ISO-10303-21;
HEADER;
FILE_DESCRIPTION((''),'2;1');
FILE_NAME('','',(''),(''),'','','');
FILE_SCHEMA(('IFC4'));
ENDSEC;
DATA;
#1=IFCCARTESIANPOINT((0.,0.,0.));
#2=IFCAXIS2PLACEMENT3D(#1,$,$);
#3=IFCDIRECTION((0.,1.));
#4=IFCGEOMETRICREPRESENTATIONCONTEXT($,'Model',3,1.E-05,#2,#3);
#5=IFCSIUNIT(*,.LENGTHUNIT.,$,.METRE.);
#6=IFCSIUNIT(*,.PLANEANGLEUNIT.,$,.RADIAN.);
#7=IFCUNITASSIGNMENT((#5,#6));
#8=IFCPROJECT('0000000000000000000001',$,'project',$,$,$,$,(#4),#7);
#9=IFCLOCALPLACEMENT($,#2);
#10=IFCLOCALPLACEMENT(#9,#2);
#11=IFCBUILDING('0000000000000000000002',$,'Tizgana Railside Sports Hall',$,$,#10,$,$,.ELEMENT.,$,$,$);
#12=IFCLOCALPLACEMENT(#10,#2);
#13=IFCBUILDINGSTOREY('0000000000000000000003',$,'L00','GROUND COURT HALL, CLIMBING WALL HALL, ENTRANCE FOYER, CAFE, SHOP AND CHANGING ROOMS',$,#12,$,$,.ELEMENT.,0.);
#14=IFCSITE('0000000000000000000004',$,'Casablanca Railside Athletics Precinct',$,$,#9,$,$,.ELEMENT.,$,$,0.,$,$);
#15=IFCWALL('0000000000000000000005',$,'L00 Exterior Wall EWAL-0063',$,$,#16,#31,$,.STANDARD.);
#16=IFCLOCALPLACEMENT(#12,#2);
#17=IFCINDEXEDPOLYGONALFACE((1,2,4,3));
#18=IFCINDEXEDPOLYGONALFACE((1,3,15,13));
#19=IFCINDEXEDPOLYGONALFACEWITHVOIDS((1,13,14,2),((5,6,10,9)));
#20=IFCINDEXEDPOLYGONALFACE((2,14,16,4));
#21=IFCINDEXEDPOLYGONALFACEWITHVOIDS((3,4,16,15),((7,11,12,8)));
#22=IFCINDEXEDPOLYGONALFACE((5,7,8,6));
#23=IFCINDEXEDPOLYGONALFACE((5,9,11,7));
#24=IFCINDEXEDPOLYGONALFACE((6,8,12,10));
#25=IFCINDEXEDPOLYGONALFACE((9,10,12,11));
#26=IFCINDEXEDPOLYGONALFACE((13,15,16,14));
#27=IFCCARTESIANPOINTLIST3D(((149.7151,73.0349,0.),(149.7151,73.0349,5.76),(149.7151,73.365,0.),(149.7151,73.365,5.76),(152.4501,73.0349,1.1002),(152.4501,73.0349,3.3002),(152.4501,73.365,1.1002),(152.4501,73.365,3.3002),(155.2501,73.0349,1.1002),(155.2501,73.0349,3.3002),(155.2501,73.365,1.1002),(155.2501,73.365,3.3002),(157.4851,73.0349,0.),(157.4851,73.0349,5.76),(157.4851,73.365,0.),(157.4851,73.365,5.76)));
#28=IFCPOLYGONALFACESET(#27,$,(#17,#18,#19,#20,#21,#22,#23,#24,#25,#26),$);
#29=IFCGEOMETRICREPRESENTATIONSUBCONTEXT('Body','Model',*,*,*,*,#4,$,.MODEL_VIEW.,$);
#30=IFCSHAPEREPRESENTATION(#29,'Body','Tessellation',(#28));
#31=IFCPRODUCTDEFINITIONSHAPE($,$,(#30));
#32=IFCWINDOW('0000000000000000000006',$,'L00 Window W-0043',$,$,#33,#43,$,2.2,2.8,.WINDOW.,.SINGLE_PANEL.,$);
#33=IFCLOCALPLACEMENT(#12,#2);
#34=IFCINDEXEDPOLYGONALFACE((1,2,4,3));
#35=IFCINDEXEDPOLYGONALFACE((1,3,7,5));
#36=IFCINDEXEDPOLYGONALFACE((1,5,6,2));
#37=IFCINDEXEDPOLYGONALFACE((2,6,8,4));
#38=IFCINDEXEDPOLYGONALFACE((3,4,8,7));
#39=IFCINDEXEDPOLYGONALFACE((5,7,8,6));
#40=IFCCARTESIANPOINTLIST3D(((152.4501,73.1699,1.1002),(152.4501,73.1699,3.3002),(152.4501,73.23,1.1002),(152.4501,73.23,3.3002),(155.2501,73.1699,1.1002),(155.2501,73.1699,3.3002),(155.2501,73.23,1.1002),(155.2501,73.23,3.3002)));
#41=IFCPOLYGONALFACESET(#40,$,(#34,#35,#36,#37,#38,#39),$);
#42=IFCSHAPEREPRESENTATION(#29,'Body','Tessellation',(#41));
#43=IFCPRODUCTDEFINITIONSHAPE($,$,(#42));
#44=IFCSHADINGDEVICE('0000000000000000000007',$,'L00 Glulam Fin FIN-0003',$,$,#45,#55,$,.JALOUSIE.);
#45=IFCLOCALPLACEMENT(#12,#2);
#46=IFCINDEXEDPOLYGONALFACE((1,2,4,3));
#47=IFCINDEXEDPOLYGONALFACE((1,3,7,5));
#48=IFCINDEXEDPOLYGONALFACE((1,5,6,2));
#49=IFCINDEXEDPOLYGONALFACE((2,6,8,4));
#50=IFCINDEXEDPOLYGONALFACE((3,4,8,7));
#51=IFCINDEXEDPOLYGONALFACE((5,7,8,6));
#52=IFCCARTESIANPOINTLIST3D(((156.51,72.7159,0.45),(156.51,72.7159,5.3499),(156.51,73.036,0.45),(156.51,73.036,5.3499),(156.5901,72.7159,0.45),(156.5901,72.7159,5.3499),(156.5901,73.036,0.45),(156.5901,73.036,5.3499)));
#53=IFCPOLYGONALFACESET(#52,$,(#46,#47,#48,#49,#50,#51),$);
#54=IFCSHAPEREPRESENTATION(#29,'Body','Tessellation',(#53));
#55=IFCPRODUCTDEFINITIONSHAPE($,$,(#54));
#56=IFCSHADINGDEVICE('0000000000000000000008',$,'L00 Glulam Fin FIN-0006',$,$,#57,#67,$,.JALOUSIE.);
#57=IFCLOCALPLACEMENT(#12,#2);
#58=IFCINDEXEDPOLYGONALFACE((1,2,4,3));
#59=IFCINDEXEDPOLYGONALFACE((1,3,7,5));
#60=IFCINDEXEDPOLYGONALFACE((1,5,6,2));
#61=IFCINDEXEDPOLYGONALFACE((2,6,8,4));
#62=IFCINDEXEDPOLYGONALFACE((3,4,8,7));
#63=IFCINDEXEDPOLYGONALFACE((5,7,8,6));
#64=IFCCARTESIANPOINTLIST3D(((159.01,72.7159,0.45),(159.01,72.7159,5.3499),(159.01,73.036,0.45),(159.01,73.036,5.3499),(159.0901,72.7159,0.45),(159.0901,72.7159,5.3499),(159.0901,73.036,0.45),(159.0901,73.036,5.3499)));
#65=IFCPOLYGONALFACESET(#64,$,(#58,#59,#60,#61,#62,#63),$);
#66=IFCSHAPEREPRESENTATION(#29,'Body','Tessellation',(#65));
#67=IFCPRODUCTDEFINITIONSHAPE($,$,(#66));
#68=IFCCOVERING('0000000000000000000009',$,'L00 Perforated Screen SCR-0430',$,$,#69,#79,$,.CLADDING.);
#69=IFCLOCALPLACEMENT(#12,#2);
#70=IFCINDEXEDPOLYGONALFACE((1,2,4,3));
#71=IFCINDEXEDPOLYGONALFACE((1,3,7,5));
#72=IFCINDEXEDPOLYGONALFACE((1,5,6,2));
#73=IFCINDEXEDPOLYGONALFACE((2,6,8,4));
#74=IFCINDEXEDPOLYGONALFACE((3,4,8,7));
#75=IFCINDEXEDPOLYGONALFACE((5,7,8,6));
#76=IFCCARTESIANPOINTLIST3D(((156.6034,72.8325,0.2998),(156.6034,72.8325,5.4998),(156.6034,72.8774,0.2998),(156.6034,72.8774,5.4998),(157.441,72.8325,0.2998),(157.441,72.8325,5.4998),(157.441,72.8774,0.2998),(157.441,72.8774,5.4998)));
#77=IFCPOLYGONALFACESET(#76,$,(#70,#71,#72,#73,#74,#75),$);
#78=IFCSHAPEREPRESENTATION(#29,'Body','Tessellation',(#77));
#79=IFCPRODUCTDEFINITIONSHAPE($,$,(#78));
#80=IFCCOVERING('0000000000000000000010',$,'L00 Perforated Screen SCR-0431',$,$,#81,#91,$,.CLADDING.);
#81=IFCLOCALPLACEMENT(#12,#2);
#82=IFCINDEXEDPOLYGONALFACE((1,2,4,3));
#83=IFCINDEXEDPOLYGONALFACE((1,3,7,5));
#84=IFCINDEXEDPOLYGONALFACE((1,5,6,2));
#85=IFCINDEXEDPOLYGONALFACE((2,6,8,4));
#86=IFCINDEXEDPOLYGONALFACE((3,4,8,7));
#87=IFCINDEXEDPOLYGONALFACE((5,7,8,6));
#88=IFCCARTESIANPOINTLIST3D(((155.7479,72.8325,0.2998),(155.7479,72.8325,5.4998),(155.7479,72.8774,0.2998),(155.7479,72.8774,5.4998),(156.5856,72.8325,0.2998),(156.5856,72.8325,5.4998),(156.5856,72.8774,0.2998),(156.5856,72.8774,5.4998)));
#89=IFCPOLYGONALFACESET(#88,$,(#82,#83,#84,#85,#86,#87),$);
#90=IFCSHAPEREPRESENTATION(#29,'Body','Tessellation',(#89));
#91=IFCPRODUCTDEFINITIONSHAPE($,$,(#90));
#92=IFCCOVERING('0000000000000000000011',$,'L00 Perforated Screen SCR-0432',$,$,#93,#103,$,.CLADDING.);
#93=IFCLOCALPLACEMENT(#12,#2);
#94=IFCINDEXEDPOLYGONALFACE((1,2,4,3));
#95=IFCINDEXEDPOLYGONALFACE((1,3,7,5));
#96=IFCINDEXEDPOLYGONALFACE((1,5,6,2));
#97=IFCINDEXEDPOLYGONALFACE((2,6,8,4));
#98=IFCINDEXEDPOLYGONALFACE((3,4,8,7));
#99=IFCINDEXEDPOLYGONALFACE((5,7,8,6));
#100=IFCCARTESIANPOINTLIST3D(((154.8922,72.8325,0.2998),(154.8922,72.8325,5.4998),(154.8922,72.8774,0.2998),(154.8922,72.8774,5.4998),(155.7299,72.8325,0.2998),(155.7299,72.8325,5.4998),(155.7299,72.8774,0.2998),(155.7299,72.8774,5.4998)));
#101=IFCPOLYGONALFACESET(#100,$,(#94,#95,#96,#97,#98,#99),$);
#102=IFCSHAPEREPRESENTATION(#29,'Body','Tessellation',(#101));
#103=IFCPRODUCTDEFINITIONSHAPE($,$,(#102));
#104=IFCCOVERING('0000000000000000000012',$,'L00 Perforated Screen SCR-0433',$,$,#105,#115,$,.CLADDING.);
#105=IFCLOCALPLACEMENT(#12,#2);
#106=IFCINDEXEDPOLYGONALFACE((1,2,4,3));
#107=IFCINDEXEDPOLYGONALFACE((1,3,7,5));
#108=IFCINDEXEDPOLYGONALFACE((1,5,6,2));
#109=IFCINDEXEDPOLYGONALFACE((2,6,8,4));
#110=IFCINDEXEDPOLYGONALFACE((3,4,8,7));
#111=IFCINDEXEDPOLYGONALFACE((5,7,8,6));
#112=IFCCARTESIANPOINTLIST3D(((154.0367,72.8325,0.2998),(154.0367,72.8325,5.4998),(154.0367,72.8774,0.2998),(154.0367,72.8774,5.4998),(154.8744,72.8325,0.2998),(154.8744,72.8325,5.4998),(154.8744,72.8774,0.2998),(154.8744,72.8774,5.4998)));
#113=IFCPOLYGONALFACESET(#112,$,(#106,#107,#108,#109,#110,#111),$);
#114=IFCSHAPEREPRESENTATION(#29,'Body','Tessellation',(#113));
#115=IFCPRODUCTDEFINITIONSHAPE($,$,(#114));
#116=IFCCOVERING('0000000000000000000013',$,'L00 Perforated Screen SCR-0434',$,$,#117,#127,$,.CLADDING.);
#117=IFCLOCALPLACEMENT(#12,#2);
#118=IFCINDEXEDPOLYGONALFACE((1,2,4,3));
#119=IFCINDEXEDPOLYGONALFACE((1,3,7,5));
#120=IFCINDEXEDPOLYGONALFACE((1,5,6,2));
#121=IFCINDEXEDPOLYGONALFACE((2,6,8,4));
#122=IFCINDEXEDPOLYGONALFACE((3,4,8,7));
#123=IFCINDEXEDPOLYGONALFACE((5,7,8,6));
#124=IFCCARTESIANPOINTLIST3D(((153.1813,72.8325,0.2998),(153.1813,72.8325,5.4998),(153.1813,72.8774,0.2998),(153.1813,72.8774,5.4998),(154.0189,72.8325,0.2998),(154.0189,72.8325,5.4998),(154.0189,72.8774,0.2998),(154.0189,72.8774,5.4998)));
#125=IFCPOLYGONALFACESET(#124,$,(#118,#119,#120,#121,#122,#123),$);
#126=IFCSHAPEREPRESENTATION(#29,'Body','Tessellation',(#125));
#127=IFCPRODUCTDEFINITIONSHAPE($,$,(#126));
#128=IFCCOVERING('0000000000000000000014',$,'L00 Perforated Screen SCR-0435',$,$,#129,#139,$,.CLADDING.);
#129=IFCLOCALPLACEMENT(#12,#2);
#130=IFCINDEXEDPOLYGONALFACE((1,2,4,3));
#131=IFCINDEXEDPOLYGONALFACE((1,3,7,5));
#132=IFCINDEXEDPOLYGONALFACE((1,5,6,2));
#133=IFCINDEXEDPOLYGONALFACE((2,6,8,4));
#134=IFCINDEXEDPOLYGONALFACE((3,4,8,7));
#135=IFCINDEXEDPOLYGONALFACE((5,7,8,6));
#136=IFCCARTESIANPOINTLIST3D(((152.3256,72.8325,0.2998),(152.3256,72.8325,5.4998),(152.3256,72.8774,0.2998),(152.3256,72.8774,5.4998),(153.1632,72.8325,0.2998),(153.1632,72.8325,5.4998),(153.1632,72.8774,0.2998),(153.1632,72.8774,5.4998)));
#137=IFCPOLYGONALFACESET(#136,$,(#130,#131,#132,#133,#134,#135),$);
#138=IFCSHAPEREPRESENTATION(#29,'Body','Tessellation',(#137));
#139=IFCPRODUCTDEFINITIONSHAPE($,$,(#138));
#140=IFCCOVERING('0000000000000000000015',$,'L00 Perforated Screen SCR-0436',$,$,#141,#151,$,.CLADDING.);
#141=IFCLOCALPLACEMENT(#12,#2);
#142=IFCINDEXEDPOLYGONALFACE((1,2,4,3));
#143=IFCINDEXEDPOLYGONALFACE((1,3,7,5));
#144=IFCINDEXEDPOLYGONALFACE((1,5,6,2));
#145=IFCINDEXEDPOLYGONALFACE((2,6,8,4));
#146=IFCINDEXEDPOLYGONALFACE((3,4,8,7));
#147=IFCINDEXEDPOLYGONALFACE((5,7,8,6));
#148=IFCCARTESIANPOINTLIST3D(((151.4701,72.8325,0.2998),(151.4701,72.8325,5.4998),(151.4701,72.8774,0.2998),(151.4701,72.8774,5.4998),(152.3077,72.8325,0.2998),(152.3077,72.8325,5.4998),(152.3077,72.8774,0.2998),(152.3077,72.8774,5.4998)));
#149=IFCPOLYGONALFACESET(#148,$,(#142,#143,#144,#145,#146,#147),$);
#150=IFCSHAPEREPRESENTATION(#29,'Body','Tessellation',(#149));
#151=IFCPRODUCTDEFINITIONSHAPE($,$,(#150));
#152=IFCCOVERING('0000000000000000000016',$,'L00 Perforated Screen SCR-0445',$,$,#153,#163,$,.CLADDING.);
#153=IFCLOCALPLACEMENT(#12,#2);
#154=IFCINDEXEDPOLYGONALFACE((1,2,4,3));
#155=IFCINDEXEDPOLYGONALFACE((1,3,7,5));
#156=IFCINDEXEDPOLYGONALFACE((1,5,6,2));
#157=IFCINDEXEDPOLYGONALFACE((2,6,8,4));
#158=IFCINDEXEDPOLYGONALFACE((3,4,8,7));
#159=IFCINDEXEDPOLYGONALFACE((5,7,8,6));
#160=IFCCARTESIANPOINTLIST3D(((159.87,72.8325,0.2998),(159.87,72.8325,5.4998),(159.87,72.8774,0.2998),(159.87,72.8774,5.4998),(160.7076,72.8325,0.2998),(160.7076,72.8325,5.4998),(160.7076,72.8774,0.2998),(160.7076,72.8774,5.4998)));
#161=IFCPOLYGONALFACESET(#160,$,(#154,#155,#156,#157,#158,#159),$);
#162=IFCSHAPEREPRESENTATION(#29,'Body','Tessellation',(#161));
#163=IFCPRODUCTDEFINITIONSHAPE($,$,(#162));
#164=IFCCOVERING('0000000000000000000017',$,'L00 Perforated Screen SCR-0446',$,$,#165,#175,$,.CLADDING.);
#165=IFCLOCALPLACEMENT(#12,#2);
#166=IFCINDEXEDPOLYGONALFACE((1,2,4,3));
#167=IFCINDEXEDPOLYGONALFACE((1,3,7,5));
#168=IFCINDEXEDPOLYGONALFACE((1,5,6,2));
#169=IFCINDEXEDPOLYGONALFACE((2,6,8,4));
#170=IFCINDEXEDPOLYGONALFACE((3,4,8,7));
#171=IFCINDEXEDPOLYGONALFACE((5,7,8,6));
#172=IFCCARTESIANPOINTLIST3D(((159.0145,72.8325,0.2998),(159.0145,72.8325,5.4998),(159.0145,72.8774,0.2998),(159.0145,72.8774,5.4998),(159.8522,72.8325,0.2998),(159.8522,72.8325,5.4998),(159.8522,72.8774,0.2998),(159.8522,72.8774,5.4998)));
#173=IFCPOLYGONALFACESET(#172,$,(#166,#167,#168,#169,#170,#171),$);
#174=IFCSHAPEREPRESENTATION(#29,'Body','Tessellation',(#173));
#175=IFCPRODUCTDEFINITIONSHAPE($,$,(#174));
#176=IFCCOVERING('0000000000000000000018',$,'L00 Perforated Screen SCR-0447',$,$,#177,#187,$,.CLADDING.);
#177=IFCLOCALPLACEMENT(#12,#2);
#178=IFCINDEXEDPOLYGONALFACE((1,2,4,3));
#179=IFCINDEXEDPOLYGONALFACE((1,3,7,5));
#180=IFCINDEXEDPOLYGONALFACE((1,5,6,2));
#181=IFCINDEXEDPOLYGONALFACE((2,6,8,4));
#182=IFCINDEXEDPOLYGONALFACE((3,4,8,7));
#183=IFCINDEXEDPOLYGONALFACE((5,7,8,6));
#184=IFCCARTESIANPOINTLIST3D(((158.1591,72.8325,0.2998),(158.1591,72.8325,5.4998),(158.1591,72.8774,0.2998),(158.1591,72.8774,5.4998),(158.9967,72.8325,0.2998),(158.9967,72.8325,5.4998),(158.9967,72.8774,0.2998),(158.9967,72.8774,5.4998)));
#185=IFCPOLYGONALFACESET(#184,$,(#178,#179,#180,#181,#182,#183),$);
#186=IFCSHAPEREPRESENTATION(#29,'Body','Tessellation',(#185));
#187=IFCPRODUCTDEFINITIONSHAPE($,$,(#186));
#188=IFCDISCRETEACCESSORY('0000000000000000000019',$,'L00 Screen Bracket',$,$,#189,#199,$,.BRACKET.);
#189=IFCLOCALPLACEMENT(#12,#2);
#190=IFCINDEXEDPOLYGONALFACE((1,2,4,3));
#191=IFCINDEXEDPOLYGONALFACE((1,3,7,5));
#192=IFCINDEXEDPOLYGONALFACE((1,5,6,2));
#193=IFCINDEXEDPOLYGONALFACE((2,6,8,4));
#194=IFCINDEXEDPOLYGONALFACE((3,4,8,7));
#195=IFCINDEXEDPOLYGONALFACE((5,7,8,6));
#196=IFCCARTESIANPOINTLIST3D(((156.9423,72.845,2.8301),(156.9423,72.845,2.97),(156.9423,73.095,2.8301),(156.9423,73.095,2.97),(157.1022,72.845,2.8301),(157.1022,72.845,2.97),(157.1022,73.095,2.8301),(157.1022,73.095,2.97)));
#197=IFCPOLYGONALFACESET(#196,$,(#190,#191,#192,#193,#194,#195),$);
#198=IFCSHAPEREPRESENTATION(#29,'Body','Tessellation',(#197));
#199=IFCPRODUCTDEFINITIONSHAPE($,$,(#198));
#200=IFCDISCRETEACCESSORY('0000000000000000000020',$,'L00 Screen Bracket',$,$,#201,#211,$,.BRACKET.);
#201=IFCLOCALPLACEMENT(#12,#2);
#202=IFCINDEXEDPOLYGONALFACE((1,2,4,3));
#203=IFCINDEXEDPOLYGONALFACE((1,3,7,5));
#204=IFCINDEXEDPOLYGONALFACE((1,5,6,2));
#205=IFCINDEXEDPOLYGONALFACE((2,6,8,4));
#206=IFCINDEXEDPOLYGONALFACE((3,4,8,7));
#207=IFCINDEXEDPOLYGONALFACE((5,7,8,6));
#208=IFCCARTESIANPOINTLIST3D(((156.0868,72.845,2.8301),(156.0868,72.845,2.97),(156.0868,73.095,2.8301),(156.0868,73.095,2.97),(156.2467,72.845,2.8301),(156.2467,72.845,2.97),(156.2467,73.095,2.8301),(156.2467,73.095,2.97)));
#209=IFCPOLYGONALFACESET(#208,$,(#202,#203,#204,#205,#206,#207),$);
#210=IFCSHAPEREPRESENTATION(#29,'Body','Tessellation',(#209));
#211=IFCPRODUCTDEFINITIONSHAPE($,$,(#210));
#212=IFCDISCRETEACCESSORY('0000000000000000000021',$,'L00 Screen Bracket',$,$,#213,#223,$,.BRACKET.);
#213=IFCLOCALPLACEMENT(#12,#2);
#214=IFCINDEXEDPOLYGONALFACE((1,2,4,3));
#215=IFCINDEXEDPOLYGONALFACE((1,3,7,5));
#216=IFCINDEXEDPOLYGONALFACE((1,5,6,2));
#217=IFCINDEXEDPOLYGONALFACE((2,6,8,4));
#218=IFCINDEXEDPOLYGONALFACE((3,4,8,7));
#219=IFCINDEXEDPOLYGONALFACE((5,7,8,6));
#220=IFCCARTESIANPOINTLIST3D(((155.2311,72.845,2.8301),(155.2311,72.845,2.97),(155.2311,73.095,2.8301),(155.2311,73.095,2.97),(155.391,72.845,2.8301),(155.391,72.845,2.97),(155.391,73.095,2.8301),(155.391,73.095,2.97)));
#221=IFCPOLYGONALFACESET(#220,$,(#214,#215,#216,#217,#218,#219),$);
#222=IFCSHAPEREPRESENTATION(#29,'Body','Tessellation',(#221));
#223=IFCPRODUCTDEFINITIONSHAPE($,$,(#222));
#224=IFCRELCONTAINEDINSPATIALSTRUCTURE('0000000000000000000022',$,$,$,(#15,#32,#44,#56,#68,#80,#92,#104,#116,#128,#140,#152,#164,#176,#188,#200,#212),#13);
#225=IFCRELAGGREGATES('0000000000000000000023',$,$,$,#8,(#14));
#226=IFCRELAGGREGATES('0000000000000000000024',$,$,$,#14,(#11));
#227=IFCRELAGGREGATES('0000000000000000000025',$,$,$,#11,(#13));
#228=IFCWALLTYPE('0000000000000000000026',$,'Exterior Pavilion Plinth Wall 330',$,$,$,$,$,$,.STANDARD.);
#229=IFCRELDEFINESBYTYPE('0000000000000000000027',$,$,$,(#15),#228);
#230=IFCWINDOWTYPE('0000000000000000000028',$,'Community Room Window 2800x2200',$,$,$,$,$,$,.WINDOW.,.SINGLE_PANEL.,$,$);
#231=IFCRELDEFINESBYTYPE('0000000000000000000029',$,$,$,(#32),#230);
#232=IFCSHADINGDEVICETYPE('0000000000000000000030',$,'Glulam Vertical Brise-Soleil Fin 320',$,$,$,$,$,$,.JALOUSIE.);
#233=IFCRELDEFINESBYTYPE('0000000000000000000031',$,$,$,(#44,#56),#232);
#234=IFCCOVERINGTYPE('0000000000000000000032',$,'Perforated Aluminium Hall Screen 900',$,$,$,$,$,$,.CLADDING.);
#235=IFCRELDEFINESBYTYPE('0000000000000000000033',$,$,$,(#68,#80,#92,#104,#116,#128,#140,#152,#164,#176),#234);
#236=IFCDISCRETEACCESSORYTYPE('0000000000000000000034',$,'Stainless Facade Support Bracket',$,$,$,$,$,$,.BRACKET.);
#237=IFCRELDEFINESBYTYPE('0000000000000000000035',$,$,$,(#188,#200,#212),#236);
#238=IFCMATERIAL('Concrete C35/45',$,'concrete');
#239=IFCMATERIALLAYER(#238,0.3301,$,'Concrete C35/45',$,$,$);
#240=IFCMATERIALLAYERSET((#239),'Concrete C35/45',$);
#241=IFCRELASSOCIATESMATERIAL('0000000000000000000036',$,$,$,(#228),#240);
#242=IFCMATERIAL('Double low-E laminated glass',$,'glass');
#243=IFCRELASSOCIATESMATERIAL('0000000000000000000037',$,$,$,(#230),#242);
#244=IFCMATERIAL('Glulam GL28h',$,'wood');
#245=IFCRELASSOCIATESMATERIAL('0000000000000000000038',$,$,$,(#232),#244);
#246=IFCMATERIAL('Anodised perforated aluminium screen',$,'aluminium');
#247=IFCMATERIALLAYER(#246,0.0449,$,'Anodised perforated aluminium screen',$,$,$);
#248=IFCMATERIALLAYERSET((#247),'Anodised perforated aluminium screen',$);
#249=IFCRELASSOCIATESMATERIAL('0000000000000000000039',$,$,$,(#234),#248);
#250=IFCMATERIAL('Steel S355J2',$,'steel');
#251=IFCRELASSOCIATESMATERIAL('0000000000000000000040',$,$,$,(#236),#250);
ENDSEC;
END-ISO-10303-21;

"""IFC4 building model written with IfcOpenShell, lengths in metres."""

from ifc_helpers import new_model, si_unit, direction, frame, frame_2d, origin, origin_2d, place, context, subcontext, project, spatial, rectangle, extrude, material, layer, layer_set, type_object, element, fill, save


model = new_model("IFC4")

# Units and contexts
model_context = context("Model", 3, precision=1e-05, world=origin(), true_north=direction((0.0, 1.0)))
body_context = subcontext(model_context, "Body", "Model", "MODEL_VIEW")
ifc_project = project(units=[si_unit("LENGTHUNIT", "METRE"), si_unit("PLANEANGLEUNIT", "RADIAN")], contexts=[model_context])

# Site, building, storey
site_placement = place(None, origin())
site = spatial("IfcSite", under=ifc_project, at=site_placement, Name="Casablanca Railside Athletics Precinct", CompositionType="ELEMENT", RefElevation=0.0)
building_placement = place(site_placement, origin())
building = spatial("IfcBuilding", under=site, at=building_placement, Name="Tizgana Railside Sports Hall", CompositionType="ELEMENT")
storey_placement = place(building_placement, origin())
storey = spatial("IfcBuildingStorey", under=building, at=storey_placement, Name="L00", Description="GROUND COURT HALL, CLIMBING WALL HALL, ENTRANCE FOYER, CAFE, SHOP AND CHANGING ROOMS", CompositionType="ELEMENT", Elevation=0.0)

# Shared definitions
ifc_material_1 = material(Name="Steel S355J2", Category="steel")

# Wall, opening, window
ifc_material_2 = material(Name="Concrete C35/45", Category="concrete")
ifc_layer_1 = layer(ifc_material_2, 0.3301, Name="Concrete C35/45")
ifc_layer_set_1 = layer_set([ifc_layer_1], Name="Concrete C35/45")
wall_type_1 = type_object("IfcWallType", Name="Exterior Pavilion Plinth Wall 330", PredefinedType="STANDARD", material=ifc_layer_set_1)
wall_1_placement = place(storey_placement, frame((157.4851, 73.2, 0.0), z_axis=(0.0, 0.0, 1.0), x_axis=(-1.0, 0.0, 0.0)))
wall_1 = element("IfcWall", 1, at=wall_1_placement, inside=storey, type_object=wall_type_1, Name="L00 Exterior Wall EWAL-0063", PredefinedType="STANDARD", context=body_context, shape_type="SweptSolid", body=[
    extrude(rectangle(XDim=7.77, YDim=0.3301, at=frame_2d((3.885, 0.0))), origin(), (0.0, 0.0, 1.0), 5.76),
])
opening_1_placement = place(wall_1_placement, frame((2.2351, 0.0, 1.1001)))
opening_1 = element("IfcOpeningElement", 2, at=opening_1_placement, cuts=wall_1, PredefinedType="OPENING", context=body_context, shape_type="SweptSolid", body=[
    extrude(rectangle(XDim=2.8, YDim=2.2, at=frame_2d((1.3999, 1.1001))), frame((0.0, 0.175, 0.0), z_axis=(0.0, -1.0, 0.0), x_axis=(1.0, 0.0, 0.0)), (0.0, 0.0, 1.0), 0.3501),
])
ifc_material_3 = material(Name="Double low-E laminated glass", Category="glass")
window_type = type_object("IfcWindowType", Name="Community Room Window 2800x2200", PartitioningType="SINGLE_PANEL", PredefinedType="WINDOW", material=ifc_material_3)
window_placement = place(opening_1_placement, origin())
window = element("IfcWindow", 3, at=window_placement, inside=storey, type_object=window_type, Name="L00 Window W-0043", OverallHeight=2.2, OverallWidth=2.8, PartitioningType="SINGLE_PANEL", PredefinedType="WINDOW", context=body_context, shape_type="SweptSolid", body=[
    extrude(rectangle(XDim=2.8, YDim=2.2, at=frame_2d((1.3999, 1.1001))), frame((0.0, 0.03, 0.0), z_axis=(0.0, -1.0, 0.0), x_axis=(1.0, 0.0, 0.0)), (0.0, 0.0, 1.0), 0.0601),
])
fill(opening_1, window)

# Shading devices
ifc_material_4 = material(Name="Glulam GL28h", Category="wood")
shading_device_type = type_object("IfcShadingDeviceType", Name="Glulam Vertical Brise-Soleil Fin 320", PredefinedType="JALOUSIE", material=ifc_material_4)
for number, where, z_axis, x_axis, name in (
    (4, (156.55, 72.876, 0.45), (0.0, 0.0, 1.0), (-1.0, 0.0, 0.0), "L00 Glulam Fin FIN-0003"),
    (5, (159.05, 72.876, 0.45), (0.0, 0.0, 1.0), (-1.0, 0.0, 0.0), "L00 Glulam Fin FIN-0006"),
):
    element("IfcShadingDevice", number, at=place(storey_placement, frame(where, z_axis=z_axis, x_axis=x_axis)), inside=storey, type_object=shading_device_type, Name=name, PredefinedType="JALOUSIE", context=body_context, shape_type="SweptSolid", body=[
        extrude(rectangle(XDim=0.0801, YDim=0.3201, at=origin_2d()), origin(), (0.0, 0.0, 1.0), 4.8999),
    ])

# Coverings
ifc_material_5 = material(Name="Anodised perforated aluminium screen", Category="aluminium")
ifc_layer_2 = layer(ifc_material_5, 0.0449, Name="Anodised perforated aluminium screen")
ifc_layer_set_2 = layer_set([ifc_layer_2], Name="Anodised perforated aluminium screen")
covering_type = type_object("IfcCoveringType", Name="Perforated Aluminium Hall Screen 900", PredefinedType="CLADDING", material=ifc_layer_set_2)
for number, where, z_axis, x_axis, name in (
    (6, (157.0222, 72.855, 0.2998), (0.0, 0.0, 1.0), (-1.0, 0.0, 0.0), "L00 Perforated Screen SCR-0430"),
    (7, (156.1667, 72.855, 0.2998), (0.0, 0.0, 1.0), (-1.0, 0.0, 0.0), "L00 Perforated Screen SCR-0431"),
    (8, (155.311, 72.855, 0.2998), (0.0, 0.0, 1.0), (-1.0, 0.0, 0.0), "L00 Perforated Screen SCR-0432"),
    (9, (154.4556, 72.855, 0.2998), (0.0, 0.0, 1.0), (-1.0, 0.0, 0.0), "L00 Perforated Screen SCR-0433"),
    (10, (153.6001, 72.855, 0.2998), (0.0, 0.0, 1.0), (-1.0, 0.0, 0.0), "L00 Perforated Screen SCR-0434"),
    (11, (152.7444, 72.855, 0.2998), (0.0, 0.0, 1.0), (-1.0, 0.0, 0.0), "L00 Perforated Screen SCR-0435"),
    (12, (151.8889, 72.855, 0.2998), (0.0, 0.0, 1.0), (-1.0, 0.0, 0.0), "L00 Perforated Screen SCR-0436"),
    (13, (160.2888, 72.855, 0.2998), (0.0, 0.0, 1.0), (-1.0, 0.0, 0.0), "L00 Perforated Screen SCR-0445"),
    (14, (159.4333, 72.855, 0.2998), (0.0, 0.0, 1.0), (-1.0, 0.0, 0.0), "L00 Perforated Screen SCR-0446"),
    (15, (158.5779, 72.855, 0.2998), (0.0, 0.0, 1.0), (-1.0, 0.0, 0.0), "L00 Perforated Screen SCR-0447"),
):
    element("IfcCovering", number, at=place(storey_placement, frame(where, z_axis=z_axis, x_axis=x_axis)), inside=storey, type_object=covering_type, Name=name, PredefinedType="CLADDING", context=body_context, shape_type="SweptSolid", body=[
        extrude(rectangle(XDim=0.8376, YDim=0.0449, at=origin_2d()), origin(), (0.0, 0.0, 1.0), 5.2),
    ])

# Discrete accessories
discrete_accessory_type = type_object("IfcDiscreteAccessoryType", Name="Stainless Facade Support Bracket", PredefinedType="BRACKET", material=ifc_material_1)
for number, where, z_axis, x_axis, name in (
    (16, (157.0222, 72.97, 2.8301), (0.0, 0.0, 1.0), (-1.0, 0.0, 0.0), "L00 Screen Bracket"),
    (17, (156.1667, 72.97, 2.8301), (0.0, 0.0, 1.0), (-1.0, 0.0, 0.0), "L00 Screen Bracket"),
    (18, (155.311, 72.97, 2.8301), (0.0, 0.0, 1.0), (-1.0, 0.0, 0.0), "L00 Screen Bracket"),
):
    element("IfcDiscreteAccessory", number, at=place(storey_placement, frame(where, z_axis=z_axis, x_axis=x_axis)), inside=storey, type_object=discrete_accessory_type, Name=name, PredefinedType="BRACKET", context=body_context, shape_type="SweptSolid", body=[
        extrude(rectangle(XDim=0.1599, YDim=0.25, at=origin_2d()), origin(), (0.0, 0.0, 1.0), 0.1399),
    ])

save(model, "model.ifc")
